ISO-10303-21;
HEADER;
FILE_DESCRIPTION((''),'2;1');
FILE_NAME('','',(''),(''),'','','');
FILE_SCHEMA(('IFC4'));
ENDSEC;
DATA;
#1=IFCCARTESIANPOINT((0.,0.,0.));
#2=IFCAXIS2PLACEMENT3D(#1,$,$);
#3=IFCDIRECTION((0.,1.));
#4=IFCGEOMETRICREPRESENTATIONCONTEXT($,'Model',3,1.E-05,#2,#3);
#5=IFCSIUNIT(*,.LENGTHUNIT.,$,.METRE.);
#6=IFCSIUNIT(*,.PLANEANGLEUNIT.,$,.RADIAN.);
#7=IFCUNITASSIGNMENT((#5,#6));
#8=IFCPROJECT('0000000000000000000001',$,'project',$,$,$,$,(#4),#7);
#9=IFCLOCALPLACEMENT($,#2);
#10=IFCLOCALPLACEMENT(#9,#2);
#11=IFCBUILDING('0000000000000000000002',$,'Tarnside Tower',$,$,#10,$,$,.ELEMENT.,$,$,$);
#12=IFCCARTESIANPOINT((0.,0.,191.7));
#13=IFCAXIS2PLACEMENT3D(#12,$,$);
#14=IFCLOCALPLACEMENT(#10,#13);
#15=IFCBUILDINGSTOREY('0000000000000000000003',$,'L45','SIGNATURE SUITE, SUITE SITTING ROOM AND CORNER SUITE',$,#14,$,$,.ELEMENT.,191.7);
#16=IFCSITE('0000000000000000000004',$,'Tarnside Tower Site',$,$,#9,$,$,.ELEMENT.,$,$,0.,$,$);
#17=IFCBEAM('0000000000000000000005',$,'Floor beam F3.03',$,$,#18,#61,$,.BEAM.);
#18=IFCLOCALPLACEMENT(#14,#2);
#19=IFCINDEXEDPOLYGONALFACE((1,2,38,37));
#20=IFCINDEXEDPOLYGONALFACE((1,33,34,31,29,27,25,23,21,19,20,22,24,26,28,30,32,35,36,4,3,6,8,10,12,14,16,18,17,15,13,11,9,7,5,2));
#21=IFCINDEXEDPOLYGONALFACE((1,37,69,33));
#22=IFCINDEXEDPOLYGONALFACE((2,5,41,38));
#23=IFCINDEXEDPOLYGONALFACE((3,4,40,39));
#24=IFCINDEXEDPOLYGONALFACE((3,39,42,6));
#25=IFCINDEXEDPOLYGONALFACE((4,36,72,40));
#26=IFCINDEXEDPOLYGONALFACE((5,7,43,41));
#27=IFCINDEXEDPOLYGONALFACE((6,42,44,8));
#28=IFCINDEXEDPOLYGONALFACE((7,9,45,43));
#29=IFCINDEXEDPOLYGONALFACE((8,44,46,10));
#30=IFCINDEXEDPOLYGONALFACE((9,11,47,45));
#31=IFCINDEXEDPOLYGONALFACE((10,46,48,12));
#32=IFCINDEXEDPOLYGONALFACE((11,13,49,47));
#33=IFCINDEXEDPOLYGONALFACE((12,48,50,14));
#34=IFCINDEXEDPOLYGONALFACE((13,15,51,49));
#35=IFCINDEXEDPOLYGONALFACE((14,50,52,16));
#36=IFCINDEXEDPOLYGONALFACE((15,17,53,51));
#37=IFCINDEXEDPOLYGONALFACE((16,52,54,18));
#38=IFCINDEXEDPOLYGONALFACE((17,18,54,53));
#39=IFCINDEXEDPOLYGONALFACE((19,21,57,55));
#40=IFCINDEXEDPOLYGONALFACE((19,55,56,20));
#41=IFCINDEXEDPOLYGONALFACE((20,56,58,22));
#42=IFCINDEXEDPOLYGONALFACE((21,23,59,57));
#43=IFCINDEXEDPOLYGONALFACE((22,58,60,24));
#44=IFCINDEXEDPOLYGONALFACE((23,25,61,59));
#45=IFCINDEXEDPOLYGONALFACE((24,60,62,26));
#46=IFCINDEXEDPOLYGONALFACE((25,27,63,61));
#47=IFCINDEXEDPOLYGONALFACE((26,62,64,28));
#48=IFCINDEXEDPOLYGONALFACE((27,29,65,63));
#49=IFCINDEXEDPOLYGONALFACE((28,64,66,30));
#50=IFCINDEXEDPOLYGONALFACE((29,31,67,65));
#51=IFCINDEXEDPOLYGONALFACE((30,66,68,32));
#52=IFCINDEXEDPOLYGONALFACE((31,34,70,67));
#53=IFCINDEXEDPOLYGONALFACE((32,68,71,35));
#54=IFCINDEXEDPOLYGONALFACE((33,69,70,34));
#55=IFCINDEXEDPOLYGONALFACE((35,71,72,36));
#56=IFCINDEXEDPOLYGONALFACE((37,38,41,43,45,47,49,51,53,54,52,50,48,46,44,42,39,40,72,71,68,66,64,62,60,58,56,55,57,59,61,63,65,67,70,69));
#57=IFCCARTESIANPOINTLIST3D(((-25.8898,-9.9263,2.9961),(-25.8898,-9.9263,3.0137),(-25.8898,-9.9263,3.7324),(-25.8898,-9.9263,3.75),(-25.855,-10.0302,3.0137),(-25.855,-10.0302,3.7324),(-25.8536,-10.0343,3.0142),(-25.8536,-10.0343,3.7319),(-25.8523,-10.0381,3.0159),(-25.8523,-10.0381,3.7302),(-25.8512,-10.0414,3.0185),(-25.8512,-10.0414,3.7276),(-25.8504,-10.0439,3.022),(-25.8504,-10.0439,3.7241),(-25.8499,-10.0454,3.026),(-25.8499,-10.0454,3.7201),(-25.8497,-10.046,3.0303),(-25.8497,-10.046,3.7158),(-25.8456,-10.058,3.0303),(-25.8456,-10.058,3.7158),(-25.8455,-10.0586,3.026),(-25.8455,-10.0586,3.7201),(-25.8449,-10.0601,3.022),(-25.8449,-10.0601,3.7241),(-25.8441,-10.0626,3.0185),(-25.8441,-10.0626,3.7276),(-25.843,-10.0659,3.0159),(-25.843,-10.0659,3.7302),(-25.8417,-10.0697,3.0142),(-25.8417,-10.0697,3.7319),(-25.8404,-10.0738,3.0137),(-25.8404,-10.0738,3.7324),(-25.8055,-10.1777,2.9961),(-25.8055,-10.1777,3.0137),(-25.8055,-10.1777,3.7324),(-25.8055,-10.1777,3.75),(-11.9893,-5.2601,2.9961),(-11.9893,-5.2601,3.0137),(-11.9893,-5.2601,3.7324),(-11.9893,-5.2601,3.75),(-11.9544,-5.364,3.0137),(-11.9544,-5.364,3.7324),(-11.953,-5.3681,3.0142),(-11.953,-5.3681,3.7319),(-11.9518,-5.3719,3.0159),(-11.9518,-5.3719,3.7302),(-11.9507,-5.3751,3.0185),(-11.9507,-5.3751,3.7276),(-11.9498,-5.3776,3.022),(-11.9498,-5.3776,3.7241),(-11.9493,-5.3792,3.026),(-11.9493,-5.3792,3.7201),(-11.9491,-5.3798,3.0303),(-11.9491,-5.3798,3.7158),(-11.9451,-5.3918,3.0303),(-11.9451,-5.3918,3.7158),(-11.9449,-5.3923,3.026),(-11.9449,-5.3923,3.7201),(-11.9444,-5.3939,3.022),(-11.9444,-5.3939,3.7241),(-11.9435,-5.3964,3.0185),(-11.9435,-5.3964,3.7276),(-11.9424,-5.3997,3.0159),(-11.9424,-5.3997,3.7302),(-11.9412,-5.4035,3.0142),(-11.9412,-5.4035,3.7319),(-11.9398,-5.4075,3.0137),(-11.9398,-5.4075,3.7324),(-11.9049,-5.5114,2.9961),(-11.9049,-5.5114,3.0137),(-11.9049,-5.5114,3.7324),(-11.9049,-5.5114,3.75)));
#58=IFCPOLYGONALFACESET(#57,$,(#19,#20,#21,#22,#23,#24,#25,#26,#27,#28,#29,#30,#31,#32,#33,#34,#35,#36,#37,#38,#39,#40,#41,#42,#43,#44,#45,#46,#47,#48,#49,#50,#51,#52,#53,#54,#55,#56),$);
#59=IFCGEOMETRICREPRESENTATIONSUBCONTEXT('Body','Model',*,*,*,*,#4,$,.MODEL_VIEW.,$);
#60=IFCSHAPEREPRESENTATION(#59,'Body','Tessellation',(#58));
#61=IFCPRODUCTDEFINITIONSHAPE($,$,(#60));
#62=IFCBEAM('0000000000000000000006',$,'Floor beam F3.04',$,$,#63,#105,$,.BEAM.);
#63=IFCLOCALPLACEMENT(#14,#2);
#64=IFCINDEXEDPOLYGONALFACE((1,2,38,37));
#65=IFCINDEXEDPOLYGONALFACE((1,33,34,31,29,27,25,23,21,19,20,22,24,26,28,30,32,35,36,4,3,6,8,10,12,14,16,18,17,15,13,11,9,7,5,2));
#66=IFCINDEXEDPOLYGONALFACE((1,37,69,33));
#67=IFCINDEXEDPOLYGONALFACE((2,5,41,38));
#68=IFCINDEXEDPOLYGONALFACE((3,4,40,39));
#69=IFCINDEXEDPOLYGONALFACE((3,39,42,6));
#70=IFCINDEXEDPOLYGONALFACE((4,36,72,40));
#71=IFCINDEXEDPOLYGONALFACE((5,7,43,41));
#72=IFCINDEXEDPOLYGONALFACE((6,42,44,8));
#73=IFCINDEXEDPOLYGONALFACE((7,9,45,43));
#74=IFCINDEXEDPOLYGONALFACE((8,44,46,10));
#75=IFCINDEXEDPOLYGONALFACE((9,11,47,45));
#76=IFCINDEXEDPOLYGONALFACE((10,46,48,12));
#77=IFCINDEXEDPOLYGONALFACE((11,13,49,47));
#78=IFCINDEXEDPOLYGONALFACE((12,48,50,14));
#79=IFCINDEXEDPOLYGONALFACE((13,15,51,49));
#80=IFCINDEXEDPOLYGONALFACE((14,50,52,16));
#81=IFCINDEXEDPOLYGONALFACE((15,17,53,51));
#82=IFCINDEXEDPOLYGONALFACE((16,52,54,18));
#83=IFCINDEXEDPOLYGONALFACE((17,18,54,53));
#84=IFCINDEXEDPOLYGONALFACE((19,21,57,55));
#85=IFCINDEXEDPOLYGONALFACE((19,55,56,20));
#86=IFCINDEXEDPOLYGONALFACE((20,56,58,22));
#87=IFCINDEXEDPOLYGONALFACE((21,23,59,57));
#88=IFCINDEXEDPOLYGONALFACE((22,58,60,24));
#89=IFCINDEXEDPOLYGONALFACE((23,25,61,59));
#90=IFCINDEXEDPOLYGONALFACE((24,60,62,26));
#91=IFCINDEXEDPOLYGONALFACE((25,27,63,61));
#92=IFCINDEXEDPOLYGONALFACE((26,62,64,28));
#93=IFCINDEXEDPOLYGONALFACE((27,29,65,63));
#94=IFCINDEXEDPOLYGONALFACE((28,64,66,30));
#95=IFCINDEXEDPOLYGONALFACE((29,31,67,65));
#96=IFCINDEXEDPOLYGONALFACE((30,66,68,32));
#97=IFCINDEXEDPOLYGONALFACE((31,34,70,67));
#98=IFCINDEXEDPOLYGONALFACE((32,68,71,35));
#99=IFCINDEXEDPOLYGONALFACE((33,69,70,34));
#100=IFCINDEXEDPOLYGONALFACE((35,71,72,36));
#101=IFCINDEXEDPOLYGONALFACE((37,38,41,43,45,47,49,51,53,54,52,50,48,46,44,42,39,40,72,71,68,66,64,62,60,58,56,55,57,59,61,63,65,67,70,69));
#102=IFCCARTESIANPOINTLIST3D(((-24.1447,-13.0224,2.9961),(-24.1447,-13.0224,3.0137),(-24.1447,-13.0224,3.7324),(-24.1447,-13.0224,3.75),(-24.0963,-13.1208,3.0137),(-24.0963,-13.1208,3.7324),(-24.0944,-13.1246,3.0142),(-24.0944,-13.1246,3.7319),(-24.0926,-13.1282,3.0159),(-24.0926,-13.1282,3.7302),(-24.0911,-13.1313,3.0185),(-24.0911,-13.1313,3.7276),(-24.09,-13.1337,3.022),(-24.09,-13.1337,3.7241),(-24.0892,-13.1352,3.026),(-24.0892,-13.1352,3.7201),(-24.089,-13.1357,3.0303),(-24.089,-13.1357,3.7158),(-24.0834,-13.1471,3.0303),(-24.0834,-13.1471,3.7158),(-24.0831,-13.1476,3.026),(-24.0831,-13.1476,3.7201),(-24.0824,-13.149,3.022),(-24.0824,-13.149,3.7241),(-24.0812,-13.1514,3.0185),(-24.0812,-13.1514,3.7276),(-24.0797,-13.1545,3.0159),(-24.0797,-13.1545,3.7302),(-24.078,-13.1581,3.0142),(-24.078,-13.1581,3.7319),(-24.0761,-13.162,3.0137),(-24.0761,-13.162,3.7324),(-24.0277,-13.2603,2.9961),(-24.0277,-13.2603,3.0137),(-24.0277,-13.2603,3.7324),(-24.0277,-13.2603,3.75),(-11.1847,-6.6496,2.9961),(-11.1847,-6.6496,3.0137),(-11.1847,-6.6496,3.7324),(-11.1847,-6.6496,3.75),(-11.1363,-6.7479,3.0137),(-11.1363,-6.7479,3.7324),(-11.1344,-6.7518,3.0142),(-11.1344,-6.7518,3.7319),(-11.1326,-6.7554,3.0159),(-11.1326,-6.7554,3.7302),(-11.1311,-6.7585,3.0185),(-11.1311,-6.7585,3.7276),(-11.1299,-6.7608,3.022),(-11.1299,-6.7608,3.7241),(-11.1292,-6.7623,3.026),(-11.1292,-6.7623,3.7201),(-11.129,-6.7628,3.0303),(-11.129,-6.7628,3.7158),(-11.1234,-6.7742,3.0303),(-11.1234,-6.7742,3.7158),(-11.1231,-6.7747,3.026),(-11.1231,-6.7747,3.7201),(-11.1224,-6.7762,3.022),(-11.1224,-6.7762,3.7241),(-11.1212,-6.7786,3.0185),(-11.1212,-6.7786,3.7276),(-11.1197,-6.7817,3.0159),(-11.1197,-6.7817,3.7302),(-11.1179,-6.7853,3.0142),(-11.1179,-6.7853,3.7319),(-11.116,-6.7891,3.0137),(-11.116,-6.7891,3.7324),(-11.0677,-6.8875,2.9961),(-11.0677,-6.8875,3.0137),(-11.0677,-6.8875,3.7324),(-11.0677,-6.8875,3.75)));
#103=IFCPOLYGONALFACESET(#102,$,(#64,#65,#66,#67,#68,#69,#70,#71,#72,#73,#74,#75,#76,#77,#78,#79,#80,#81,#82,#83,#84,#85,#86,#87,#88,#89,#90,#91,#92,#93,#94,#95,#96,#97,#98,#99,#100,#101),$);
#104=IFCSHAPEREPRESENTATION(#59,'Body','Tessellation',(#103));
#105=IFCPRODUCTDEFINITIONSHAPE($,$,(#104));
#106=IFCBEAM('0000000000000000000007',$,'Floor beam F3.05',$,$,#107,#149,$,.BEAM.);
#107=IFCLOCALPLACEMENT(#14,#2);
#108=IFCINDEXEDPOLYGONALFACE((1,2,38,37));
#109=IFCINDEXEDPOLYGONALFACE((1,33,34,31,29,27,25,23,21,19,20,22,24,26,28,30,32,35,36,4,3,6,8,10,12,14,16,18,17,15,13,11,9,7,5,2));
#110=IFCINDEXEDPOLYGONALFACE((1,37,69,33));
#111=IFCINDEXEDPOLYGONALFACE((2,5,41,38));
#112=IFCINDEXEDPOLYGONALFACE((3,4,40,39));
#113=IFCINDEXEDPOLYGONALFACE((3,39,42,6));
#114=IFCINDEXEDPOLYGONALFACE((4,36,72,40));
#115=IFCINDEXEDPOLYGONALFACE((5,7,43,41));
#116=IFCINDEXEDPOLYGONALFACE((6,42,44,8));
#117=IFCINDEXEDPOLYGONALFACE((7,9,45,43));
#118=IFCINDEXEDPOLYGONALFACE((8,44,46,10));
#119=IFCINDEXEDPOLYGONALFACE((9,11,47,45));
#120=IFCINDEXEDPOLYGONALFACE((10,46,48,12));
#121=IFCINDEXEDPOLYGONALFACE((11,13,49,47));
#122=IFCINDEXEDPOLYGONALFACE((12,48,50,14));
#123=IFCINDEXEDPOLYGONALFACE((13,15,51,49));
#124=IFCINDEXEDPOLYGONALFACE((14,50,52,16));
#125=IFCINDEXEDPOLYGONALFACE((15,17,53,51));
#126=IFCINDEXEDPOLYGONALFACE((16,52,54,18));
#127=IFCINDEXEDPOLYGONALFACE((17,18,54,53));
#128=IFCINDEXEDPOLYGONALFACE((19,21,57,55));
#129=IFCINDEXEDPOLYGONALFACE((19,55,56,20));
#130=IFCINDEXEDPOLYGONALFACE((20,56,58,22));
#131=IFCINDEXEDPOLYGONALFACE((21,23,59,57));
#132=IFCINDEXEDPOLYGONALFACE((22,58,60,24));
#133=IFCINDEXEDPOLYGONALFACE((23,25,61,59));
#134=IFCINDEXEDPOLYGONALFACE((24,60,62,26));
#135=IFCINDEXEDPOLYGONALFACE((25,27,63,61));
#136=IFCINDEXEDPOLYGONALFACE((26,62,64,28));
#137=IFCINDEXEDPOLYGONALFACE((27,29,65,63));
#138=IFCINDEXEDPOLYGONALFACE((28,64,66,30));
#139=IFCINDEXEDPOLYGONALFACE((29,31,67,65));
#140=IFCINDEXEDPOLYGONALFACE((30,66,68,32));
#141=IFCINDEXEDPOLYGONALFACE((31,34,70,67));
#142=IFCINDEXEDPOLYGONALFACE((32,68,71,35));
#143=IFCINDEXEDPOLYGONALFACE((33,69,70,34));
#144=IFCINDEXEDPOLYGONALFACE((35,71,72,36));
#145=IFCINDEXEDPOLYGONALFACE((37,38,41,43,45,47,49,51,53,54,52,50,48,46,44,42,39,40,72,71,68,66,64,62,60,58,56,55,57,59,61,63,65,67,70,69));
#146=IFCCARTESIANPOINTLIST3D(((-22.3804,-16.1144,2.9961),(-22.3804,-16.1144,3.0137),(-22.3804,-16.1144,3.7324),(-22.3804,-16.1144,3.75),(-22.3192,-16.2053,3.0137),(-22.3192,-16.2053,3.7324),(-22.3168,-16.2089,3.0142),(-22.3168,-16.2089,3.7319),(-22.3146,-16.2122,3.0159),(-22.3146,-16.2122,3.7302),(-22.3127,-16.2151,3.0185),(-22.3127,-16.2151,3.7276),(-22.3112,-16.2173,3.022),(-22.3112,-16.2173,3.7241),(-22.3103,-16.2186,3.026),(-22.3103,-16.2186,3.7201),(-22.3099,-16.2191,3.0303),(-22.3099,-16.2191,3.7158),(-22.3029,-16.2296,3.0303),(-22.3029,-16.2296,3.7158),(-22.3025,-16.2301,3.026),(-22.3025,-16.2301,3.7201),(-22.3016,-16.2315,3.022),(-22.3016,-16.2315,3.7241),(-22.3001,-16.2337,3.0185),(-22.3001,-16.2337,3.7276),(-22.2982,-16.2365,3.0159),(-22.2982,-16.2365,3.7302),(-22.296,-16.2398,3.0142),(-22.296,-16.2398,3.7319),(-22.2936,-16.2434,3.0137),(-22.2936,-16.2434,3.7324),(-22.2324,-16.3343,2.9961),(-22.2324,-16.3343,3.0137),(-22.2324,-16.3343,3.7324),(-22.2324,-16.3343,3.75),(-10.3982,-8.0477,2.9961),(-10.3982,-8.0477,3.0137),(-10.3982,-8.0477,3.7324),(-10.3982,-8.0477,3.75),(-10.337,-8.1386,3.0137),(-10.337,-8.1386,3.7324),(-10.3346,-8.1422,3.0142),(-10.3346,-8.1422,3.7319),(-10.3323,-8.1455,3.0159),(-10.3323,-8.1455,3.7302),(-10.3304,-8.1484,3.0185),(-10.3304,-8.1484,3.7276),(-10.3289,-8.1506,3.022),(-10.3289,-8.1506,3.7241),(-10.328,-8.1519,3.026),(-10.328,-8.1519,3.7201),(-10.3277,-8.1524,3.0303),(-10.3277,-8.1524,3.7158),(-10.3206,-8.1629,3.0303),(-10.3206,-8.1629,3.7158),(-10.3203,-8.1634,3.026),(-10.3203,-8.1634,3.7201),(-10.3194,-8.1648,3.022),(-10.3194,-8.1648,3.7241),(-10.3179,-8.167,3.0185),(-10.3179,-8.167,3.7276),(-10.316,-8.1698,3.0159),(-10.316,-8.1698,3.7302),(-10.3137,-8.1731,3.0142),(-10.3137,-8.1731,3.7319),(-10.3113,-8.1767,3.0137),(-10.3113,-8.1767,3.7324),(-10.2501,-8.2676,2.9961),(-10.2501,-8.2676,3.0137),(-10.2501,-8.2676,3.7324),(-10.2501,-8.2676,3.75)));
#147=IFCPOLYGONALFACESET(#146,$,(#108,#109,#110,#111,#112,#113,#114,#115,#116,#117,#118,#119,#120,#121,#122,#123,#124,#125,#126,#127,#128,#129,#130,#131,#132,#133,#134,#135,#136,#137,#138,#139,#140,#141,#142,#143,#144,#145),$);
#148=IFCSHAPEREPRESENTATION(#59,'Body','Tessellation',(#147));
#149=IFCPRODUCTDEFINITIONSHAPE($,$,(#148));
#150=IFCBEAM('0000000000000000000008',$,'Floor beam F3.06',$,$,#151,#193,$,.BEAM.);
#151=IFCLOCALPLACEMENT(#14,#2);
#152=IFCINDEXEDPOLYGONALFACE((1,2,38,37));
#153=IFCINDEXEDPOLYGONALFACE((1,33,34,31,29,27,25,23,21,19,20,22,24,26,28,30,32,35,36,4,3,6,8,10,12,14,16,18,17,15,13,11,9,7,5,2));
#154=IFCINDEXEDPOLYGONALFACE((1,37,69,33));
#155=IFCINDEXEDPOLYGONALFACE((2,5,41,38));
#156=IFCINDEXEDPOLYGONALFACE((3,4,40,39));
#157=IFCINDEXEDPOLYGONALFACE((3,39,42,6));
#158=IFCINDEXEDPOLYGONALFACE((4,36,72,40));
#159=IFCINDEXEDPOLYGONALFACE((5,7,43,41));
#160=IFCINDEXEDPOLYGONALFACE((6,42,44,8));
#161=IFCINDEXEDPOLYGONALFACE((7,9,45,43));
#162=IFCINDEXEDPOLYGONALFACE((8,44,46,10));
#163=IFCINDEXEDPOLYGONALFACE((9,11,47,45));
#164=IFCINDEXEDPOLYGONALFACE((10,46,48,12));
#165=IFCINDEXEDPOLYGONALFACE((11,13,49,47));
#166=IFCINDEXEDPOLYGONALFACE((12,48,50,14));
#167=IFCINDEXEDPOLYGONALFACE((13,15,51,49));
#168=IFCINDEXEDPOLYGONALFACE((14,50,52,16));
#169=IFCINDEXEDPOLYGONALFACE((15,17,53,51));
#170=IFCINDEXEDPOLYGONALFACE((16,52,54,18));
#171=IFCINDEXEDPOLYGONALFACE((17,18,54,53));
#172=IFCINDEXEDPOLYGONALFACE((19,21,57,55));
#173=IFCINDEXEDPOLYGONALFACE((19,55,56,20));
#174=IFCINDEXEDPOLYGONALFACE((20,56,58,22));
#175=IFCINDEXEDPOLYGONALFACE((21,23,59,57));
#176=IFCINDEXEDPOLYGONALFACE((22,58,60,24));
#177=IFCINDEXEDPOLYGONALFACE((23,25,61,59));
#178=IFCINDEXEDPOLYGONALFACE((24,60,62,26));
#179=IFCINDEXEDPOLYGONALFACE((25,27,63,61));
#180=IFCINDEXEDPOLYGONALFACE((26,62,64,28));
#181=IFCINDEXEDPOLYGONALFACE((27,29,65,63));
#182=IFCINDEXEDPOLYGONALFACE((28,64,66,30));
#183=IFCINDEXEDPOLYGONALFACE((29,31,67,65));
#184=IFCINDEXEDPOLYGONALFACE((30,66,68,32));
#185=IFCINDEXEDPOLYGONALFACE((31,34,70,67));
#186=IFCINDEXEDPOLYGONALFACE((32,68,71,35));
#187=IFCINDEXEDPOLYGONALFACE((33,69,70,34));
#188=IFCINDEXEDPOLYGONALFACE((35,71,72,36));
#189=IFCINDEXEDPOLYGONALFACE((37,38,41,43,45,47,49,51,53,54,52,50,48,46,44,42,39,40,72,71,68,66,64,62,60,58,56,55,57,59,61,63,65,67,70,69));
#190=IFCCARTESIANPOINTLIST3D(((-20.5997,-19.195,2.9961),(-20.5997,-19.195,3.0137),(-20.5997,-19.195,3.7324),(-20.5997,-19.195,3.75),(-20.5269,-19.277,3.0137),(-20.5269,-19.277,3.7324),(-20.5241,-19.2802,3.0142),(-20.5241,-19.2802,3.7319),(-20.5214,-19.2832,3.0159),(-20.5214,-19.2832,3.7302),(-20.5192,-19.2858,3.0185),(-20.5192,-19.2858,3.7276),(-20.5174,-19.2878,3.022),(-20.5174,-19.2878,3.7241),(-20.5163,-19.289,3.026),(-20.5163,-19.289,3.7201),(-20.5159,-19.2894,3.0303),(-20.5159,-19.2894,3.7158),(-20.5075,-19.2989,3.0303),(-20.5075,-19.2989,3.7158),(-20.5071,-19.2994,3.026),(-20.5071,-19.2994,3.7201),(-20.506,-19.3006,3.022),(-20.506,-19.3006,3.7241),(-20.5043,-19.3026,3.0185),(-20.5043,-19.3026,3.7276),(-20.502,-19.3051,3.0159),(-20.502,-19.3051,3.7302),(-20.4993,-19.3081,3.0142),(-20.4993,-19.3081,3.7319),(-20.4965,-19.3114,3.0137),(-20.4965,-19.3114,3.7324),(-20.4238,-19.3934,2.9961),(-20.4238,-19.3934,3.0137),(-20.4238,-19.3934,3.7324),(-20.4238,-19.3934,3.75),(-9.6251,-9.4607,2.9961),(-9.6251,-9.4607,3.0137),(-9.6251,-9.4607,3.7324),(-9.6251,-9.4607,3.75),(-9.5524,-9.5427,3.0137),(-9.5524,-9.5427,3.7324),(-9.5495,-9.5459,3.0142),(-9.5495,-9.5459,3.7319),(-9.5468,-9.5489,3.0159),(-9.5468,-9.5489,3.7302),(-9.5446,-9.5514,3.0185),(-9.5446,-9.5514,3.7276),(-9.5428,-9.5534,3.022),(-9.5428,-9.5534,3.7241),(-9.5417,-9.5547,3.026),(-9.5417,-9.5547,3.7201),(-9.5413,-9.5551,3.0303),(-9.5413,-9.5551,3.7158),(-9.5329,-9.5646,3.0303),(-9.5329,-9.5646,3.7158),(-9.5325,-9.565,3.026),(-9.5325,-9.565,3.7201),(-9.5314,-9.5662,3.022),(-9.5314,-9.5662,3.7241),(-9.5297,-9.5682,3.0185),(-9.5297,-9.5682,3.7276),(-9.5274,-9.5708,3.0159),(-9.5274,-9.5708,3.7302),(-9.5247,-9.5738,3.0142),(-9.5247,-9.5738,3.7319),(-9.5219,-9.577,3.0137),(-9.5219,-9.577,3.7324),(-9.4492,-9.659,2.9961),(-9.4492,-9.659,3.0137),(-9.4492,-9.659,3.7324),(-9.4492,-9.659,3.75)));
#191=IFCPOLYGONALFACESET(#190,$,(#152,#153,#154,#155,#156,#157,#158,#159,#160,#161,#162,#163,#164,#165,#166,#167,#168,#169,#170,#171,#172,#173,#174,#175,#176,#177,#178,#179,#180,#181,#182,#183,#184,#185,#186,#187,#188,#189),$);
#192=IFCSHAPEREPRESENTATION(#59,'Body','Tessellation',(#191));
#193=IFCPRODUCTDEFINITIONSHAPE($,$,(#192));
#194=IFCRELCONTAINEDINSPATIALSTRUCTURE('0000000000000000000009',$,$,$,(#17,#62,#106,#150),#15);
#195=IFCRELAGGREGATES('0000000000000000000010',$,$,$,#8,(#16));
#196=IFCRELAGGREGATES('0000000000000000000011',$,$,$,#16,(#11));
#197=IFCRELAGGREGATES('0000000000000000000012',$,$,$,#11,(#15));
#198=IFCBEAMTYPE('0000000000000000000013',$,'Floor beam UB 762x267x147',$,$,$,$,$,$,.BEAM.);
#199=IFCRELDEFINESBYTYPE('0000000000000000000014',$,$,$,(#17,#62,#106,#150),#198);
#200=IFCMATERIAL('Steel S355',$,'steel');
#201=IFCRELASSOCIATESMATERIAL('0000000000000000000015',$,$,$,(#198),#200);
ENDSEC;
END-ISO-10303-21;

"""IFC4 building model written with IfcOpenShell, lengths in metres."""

from ifc_helpers import new_model, si_unit, direction, frame, origin, origin_2d, place, context, subcontext, project, spatial, i_section, extrude, material, material_profile, profile_set, type_object, element, save


model = new_model("IFC4")

# Units and contexts
model_context = context("Model", 3, precision=1e-05, world=origin(), true_north=direction((0.0, 1.0)))
body_context = subcontext(model_context, "Body", "Model", "MODEL_VIEW")
ifc_project = project(units=[si_unit("LENGTHUNIT", "METRE"), si_unit("PLANEANGLEUNIT", "RADIAN")], contexts=[model_context])

# Site, building, storey
site_placement = place(None, origin())
site = spatial("IfcSite", under=ifc_project, at=site_placement, Name="Tarnside Tower Site", CompositionType="ELEMENT", RefElevation=0.0)
building_placement = place(site_placement, origin())
building = spatial("IfcBuilding", under=site, at=building_placement, Name="Tarnside Tower", CompositionType="ELEMENT")
storey_placement = place(building_placement, frame((0.0, 0.0, 191.7)))
storey = spatial("IfcBuildingStorey", under=building, at=storey_placement, Name="L45", Description="SIGNATURE SUITE, SUITE SITTING ROOM AND CORNER SUITE", CompositionType="ELEMENT", Elevation=191.7)

# Beams
ifc_material_1 = material(Name="Steel S355", Category="steel")
ifc_material_profile_1 = material_profile(ifc_material_1, i_section(OverallWidth=0.2651, OverallDepth=0.7539, WebThickness=0.0127, FlangeThickness=0.0176, FilletRadius=0.0166, at=origin_2d()), Name="UB 762x267x147")
ifc_profile_set_1 = profile_set([ifc_material_profile_1], Name="Steel S355")
beam_type_1 = type_object("IfcBeamType", Name="Floor beam UB 762x267x147", PredefinedType="BEAM", material=ifc_profile_set_1)
beam_1_placement = place(storey_placement, frame((-25.8477, -10.052, 3.373), z_axis=(0.948012, 0.318235, 0.0), x_axis=(-0.318235, 0.948012, 0.0)))
element("IfcBeam", 1, at=beam_1_placement, inside=storey, type_object=beam_type_1, Name="Floor beam F3.03", PredefinedType="BEAM", context=body_context, shape_type="SweptSolid", body=[
    extrude(i_section(OverallWidth=0.2651, OverallDepth=0.7539, WebThickness=0.0127, FlangeThickness=0.0176, FilletRadius=0.0166, at=origin_2d()), origin(), (0.0, 0.0, 1.0), 14.6628),
])
beam_2_placement = place(storey_placement, frame((-24.0862, -13.1414, 3.373), z_axis=(0.897376, 0.441267, 0.0), x_axis=(-0.441267, 0.897376, 0.0)))
element("IfcBeam", 2, at=beam_2_placement, inside=storey, type_object=beam_type_1, Name="Floor beam F3.04", PredefinedType="BEAM", context=body_context, shape_type="SweptSolid", body=[
    extrude(i_section(OverallWidth=0.2651, OverallDepth=0.7539, WebThickness=0.0127, FlangeThickness=0.0176, FilletRadius=0.0166, at=origin_2d()), origin(), (0.0, 0.0, 1.0), 14.4421),
])
beam_3_placement = place(storey_placement, frame((-22.3064, -16.2244, 3.373), z_axis=(0.829532, 0.558458, 0.0), x_axis=(-0.558458, 0.829532, 0.0)))
element("IfcBeam", 3, at=beam_3_placement, inside=storey, type_object=beam_type_1, Name="Floor beam F3.05", PredefinedType="BEAM", context=body_context, shape_type="SweptSolid", body=[
    extrude(i_section(OverallWidth=0.2651, OverallDepth=0.7539, WebThickness=0.0127, FlangeThickness=0.0176, FilletRadius=0.0166, at=origin_2d()), origin(), (0.0, 0.0, 1.0), 14.4446),
])
beam_4_placement = place(storey_placement, frame((-20.5117, -19.2942, 3.373), z_axis=(0.748114, 0.66357, 0.0), x_axis=(-0.66357, 0.748114, 0.0)))
element("IfcBeam", 4, at=beam_4_placement, inside=storey, type_object=beam_type_1, Name="Floor beam F3.06", PredefinedType="BEAM", context=body_context, shape_type="SweptSolid", body=[
    extrude(i_section(OverallWidth=0.2651, OverallDepth=0.7539, WebThickness=0.0127, FlangeThickness=0.0176, FilletRadius=0.0166, at=origin_2d()), origin(), (0.0, 0.0, 1.0), 14.6697),
])

save(model, "model.ifc")
